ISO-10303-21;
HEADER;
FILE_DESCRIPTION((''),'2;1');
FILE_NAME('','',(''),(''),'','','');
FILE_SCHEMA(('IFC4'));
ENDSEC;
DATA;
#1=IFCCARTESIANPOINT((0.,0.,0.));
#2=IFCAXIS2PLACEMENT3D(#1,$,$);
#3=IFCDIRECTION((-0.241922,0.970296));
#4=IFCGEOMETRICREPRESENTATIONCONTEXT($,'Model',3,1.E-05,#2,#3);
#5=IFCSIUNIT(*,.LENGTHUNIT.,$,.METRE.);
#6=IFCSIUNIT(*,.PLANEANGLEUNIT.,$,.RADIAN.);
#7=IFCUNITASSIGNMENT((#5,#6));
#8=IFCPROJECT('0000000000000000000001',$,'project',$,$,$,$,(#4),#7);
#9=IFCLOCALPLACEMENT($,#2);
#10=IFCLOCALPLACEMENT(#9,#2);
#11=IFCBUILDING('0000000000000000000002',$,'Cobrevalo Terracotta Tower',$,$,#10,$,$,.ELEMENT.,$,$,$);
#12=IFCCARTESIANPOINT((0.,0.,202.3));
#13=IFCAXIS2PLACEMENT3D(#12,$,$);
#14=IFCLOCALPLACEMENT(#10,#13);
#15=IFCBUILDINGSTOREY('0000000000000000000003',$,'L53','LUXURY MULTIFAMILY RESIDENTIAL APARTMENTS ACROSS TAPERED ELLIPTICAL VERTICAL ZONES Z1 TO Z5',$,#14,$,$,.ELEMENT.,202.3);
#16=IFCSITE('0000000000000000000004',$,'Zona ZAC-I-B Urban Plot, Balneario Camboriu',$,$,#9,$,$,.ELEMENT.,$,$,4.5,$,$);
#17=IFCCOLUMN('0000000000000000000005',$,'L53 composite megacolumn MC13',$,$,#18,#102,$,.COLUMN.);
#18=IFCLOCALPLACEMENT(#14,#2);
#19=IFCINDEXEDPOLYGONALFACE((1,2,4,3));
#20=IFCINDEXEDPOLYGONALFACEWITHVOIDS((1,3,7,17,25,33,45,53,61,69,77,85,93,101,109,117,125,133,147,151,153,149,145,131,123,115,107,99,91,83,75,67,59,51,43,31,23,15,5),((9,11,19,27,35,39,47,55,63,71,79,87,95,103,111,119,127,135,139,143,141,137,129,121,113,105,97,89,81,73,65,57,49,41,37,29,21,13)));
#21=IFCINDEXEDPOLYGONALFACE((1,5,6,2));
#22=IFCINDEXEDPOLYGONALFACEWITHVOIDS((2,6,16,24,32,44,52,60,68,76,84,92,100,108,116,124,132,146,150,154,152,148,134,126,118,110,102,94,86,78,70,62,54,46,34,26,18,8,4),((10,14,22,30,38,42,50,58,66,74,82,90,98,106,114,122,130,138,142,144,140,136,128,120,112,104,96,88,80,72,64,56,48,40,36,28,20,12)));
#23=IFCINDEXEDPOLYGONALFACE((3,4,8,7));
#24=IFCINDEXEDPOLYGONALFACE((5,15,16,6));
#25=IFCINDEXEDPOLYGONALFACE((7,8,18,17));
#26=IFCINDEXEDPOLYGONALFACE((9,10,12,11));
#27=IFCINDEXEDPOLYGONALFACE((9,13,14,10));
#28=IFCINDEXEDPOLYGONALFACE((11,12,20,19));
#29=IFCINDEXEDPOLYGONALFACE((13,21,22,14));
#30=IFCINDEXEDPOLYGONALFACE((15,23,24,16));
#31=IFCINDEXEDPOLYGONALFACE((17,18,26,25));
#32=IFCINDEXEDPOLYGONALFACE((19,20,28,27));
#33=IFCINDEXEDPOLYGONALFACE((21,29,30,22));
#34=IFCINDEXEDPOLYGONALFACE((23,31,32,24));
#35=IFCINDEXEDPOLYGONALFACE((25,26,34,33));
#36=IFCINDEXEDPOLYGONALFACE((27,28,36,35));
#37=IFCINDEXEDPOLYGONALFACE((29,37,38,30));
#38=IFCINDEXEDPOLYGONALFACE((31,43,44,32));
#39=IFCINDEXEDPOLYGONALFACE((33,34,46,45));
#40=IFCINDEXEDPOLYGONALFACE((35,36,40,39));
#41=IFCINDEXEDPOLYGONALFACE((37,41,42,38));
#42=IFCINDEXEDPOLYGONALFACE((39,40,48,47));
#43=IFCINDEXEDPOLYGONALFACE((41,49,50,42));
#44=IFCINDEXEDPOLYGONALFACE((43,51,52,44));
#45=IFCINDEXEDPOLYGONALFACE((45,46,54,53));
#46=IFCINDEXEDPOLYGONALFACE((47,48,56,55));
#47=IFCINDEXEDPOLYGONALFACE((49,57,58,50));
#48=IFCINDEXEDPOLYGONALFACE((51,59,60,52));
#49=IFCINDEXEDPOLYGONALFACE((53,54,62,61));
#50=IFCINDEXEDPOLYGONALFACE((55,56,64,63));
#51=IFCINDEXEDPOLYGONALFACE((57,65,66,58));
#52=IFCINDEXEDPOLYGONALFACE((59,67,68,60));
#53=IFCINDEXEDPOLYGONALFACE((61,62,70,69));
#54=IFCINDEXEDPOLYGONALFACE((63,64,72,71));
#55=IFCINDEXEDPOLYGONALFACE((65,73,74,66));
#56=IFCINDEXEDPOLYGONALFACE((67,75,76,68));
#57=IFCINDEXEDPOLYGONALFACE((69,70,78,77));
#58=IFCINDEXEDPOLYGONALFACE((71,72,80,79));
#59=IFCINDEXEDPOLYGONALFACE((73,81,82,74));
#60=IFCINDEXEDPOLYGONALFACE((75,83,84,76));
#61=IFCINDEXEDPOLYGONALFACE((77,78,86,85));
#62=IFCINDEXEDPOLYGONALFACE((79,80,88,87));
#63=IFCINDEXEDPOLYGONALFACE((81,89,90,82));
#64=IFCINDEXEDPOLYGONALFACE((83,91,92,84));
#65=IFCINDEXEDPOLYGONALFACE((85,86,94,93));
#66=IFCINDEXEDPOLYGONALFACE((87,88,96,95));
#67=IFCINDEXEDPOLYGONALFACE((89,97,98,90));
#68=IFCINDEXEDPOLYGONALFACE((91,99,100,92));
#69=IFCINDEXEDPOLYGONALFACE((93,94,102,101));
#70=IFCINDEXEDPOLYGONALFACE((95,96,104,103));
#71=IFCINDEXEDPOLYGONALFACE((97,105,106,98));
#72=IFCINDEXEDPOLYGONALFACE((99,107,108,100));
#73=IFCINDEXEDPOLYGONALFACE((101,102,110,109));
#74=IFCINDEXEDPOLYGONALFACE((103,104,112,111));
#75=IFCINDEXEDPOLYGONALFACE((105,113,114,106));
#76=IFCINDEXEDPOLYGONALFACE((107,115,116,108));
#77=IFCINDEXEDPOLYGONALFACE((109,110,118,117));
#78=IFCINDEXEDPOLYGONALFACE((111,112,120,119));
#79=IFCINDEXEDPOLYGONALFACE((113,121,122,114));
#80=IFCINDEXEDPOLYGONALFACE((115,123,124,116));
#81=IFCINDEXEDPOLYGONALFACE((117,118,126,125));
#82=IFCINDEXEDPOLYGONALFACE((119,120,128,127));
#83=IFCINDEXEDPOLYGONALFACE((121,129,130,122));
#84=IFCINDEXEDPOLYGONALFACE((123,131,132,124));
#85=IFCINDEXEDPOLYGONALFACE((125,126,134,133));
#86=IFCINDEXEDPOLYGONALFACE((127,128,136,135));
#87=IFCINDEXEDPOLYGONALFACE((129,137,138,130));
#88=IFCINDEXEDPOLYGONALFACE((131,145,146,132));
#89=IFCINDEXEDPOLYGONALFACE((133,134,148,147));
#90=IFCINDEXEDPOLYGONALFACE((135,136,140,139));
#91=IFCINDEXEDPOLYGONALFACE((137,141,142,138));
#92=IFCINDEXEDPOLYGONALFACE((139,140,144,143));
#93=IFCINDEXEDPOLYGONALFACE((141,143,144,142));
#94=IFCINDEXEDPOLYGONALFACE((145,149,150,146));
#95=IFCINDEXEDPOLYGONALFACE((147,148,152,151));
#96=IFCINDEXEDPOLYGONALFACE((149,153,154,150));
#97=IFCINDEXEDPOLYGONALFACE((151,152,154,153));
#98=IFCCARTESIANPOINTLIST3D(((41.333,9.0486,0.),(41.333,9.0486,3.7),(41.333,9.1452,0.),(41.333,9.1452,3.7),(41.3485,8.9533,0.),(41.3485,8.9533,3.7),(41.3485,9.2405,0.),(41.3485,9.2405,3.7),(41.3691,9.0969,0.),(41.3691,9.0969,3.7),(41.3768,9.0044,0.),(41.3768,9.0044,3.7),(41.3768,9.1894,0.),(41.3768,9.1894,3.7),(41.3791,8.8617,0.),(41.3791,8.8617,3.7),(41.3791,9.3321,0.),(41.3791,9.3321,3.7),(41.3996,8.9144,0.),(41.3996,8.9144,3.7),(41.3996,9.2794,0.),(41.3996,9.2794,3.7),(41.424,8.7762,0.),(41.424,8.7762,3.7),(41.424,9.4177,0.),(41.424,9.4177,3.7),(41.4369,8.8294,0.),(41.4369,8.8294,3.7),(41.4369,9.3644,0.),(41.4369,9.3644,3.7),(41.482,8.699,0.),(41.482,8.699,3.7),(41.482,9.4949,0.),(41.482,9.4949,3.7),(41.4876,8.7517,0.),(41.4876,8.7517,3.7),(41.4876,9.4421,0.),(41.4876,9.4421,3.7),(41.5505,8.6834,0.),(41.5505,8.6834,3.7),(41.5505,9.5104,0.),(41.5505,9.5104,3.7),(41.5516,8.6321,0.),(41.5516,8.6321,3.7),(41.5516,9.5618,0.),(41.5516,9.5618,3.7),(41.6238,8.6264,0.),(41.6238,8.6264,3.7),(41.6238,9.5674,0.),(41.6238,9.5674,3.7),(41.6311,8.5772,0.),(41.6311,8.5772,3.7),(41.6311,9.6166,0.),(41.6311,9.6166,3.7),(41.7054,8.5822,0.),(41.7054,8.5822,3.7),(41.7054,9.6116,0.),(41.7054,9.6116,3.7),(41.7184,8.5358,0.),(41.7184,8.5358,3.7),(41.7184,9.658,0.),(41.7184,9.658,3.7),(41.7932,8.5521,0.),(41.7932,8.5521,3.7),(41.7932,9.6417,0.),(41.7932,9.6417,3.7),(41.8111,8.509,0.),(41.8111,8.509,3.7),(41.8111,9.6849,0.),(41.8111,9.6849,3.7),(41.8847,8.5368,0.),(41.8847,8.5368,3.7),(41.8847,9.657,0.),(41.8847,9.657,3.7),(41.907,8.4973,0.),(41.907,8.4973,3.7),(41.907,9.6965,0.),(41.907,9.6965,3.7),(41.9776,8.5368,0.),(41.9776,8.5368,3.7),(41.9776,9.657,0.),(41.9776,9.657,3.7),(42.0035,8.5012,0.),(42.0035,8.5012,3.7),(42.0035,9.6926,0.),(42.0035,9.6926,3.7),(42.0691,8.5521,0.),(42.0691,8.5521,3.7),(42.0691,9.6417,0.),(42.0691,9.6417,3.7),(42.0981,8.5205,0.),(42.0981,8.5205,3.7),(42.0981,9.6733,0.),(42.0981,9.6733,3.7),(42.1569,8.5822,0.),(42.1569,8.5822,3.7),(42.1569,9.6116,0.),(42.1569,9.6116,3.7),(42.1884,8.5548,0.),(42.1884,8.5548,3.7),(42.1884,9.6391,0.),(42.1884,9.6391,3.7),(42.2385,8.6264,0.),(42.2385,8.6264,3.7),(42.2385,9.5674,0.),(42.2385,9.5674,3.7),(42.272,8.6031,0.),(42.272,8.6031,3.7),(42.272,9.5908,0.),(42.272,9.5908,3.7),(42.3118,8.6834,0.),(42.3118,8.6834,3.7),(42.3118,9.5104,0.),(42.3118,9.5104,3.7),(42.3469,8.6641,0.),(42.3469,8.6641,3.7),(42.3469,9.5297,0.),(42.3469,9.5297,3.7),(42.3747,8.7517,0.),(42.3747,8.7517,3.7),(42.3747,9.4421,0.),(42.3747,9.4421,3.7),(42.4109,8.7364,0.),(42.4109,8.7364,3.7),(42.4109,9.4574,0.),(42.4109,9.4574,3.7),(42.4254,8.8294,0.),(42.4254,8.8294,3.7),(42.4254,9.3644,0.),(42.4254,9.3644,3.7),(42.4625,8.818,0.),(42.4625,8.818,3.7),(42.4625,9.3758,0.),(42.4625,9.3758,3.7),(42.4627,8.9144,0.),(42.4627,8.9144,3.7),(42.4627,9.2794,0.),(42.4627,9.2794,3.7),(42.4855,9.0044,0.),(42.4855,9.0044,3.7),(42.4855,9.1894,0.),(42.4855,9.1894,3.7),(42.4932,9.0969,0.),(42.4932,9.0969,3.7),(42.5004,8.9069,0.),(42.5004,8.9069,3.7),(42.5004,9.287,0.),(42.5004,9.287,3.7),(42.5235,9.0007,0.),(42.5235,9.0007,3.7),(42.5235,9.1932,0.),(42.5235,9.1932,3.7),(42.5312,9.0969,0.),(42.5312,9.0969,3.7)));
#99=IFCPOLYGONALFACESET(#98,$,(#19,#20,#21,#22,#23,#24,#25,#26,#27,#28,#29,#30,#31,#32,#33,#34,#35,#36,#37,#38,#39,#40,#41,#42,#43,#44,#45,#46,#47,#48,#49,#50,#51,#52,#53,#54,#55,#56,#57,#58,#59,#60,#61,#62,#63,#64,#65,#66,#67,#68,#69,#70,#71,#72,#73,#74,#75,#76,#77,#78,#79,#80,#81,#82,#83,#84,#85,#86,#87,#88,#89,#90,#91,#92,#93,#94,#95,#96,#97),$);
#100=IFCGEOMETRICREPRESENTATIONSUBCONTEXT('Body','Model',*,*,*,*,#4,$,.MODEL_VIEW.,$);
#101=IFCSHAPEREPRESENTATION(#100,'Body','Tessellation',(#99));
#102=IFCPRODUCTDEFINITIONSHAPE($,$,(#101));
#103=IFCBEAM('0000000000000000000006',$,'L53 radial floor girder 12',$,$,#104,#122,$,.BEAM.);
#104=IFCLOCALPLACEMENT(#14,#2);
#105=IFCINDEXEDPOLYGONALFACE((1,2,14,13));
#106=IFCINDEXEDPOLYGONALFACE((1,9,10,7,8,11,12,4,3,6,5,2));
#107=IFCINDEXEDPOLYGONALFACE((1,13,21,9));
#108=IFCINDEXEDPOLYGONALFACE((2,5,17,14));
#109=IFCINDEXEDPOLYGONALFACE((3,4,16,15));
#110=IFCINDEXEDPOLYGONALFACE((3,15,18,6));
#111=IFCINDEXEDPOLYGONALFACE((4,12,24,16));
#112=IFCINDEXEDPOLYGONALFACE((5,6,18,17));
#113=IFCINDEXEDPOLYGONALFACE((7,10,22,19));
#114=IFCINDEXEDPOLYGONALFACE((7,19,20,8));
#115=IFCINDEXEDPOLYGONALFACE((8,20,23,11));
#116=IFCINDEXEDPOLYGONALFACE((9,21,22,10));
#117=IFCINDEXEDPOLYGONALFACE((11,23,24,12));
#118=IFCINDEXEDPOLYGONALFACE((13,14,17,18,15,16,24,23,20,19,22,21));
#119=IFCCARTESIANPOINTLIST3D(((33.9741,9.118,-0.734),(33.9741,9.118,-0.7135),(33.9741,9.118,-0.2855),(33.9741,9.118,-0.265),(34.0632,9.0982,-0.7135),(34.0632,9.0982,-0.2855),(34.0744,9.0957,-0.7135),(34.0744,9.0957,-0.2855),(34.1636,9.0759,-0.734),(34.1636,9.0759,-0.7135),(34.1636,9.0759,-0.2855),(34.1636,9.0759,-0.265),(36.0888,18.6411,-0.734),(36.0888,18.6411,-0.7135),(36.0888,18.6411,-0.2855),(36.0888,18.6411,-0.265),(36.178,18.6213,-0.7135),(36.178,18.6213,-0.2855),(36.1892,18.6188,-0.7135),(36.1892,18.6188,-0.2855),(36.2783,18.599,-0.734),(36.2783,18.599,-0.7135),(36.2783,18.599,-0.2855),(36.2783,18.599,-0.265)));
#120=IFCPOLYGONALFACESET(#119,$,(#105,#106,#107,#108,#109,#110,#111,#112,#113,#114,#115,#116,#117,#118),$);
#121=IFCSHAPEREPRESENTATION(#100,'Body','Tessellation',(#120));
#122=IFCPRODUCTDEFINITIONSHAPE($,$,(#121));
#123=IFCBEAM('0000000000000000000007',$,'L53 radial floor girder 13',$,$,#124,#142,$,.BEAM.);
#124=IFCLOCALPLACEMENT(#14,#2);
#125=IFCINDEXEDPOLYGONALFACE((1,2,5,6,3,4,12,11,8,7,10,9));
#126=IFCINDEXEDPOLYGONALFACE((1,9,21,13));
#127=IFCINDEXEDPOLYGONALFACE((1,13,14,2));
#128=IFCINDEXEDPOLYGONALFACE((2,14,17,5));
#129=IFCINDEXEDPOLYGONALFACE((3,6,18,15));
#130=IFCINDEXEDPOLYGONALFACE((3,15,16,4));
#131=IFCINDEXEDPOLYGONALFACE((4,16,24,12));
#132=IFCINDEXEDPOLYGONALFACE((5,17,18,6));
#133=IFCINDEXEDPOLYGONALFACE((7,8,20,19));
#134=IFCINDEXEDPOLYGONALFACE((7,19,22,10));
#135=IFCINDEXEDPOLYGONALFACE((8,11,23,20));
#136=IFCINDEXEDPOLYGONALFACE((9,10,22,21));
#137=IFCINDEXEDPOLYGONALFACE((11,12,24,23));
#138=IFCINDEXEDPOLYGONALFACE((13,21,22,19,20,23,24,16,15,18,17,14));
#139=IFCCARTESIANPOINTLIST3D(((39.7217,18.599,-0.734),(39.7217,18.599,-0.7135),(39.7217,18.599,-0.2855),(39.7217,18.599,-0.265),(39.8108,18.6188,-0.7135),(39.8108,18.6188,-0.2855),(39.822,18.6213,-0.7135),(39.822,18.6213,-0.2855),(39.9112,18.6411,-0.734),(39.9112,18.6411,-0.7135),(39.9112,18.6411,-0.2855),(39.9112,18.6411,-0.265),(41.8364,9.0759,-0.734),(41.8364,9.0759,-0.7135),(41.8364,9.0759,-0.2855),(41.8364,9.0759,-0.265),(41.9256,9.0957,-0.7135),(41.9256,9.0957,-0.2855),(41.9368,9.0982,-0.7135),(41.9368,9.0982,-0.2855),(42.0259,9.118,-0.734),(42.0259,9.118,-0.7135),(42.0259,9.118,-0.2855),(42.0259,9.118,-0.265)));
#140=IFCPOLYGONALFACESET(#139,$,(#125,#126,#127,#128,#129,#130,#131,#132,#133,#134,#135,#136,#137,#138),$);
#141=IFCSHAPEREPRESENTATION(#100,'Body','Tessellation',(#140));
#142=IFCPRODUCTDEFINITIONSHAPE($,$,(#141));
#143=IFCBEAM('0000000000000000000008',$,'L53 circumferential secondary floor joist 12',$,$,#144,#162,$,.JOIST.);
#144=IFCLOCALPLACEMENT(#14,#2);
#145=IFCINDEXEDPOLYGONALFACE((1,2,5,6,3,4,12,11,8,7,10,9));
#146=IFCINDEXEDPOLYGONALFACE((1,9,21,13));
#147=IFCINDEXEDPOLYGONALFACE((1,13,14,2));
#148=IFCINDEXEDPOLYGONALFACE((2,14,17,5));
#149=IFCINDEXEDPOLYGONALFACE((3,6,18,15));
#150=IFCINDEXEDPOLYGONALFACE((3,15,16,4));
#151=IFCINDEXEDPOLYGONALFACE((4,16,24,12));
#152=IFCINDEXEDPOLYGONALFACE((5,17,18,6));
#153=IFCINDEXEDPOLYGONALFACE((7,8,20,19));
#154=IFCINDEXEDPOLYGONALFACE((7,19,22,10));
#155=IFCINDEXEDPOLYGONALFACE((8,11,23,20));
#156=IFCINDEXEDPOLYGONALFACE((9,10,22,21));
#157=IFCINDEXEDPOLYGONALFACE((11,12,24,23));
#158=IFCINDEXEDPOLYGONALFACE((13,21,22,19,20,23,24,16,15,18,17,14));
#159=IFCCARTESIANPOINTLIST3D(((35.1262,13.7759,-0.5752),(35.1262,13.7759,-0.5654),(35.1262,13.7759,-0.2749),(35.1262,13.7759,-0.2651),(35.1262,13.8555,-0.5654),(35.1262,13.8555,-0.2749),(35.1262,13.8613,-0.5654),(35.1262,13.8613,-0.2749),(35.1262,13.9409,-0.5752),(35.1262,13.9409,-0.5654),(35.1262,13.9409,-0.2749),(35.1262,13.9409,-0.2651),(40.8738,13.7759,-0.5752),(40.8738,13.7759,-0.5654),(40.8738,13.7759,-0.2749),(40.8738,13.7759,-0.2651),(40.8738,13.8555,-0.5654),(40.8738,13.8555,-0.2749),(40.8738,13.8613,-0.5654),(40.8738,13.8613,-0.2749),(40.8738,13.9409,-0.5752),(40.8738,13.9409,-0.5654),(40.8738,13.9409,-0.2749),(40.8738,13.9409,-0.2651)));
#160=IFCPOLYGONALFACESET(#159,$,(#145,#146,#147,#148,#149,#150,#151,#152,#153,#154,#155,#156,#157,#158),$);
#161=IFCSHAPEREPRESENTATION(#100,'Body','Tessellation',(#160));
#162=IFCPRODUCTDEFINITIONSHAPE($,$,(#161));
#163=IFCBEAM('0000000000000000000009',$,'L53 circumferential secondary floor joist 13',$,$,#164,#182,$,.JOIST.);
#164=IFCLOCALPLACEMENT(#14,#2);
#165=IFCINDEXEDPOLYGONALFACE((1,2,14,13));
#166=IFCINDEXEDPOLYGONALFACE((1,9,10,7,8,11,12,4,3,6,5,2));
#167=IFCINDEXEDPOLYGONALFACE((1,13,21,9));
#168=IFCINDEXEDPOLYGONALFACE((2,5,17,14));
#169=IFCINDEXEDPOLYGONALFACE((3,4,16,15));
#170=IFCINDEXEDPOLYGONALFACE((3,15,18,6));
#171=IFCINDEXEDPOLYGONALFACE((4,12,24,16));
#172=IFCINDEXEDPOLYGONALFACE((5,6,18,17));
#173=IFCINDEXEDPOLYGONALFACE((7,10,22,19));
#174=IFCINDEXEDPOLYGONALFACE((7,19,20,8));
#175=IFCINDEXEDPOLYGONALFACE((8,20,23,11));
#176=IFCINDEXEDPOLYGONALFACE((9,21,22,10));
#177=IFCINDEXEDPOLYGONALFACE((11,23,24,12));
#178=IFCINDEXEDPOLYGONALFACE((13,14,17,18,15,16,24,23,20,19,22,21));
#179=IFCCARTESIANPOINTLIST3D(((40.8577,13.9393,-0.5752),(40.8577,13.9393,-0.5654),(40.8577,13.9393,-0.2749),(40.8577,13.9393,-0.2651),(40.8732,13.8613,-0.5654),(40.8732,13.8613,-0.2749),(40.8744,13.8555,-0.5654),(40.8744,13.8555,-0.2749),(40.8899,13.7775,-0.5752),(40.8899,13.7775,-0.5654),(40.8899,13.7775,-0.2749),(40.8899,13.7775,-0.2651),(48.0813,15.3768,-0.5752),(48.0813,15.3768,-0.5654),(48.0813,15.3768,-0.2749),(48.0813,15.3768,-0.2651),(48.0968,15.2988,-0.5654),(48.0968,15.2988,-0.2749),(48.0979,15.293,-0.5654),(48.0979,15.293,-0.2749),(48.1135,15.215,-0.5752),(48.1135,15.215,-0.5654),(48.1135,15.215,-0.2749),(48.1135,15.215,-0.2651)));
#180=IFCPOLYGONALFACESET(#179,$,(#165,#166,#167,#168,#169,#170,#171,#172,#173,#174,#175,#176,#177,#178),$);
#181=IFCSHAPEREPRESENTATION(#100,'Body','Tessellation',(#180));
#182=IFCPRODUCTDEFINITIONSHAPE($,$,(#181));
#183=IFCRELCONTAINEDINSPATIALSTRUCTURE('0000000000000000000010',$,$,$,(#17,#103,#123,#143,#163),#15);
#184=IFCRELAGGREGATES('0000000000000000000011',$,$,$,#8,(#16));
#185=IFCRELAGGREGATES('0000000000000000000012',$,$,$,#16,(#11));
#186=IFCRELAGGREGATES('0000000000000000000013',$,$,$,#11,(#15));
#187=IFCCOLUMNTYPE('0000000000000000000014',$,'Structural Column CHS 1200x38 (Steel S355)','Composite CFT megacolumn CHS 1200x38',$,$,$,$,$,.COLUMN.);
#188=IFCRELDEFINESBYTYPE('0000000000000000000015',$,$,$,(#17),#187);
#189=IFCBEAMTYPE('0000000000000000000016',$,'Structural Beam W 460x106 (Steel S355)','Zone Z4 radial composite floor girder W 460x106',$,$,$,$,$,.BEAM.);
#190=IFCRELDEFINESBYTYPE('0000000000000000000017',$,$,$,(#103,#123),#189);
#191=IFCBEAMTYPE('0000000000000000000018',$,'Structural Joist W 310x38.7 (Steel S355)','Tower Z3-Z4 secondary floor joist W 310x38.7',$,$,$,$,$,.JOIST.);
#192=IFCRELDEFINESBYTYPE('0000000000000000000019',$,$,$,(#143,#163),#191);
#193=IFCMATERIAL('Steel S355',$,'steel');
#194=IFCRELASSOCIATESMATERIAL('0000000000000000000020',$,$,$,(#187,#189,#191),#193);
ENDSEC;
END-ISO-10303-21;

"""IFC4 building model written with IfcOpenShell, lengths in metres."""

from ifc_helpers import new_model, si_unit, direction, frame, origin, origin_2d, place, context, subcontext, project, spatial, hollow_circle, i_section, extrude, material, material_profile, profile_set, type_object, element, save


model = new_model("IFC4")

# Units and contexts
model_context = context("Model", 3, precision=1e-05, world=origin(), true_north=direction((-0.241922, 0.970296)))
body_context = subcontext(model_context, "Body", "Model", "MODEL_VIEW")
ifc_project = project(units=[si_unit("LENGTHUNIT", "METRE"), si_unit("PLANEANGLEUNIT", "RADIAN")], contexts=[model_context])

# Site, building, storey
site_placement = place(None, origin())
site = spatial("IfcSite", under=ifc_project, at=site_placement, Name="Zona ZAC-I-B Urban Plot, Balneario Camboriu", CompositionType="ELEMENT", RefElevation=4.5)
building_placement = place(site_placement, origin())
building = spatial("IfcBuilding", under=site, at=building_placement, Name="Cobrevalo Terracotta Tower", CompositionType="ELEMENT")
storey_placement = place(building_placement, frame((0.0, 0.0, 202.3)))
storey = spatial("IfcBuildingStorey", under=building, at=storey_placement, Name="L53", Description="LUXURY MULTIFAMILY RESIDENTIAL APARTMENTS ACROSS TAPERED ELLIPTICAL VERTICAL ZONES Z1 TO Z5", CompositionType="ELEMENT", Elevation=202.3)

# Column
ifc_material_1 = material(Name="Steel S355", Category="steel")
ifc_material_profile_1 = material_profile(ifc_material_1, hollow_circle(Radius=0.6001, WallThickness=0.0381, at=origin_2d()), Name="CHS 1200x38")
ifc_profile_set_1 = profile_set([ifc_material_profile_1], Name="Steel S355")
column_type = type_object("IfcColumnType", Name="Structural Column CHS 1200x38 (Steel S355)", Description="Composite CFT megacolumn CHS 1200x38", PredefinedType="COLUMN", material=ifc_profile_set_1)
column_placement = place(storey_placement, frame((41.9312, 9.0969, 0.0), z_axis=(0.0, 0.0, 1.0), x_axis=(1.0, 0.0, 0.0)))
element("IfcColumn", 1, at=column_placement, inside=storey, type_object=column_type, Name="L53 composite megacolumn MC13", PredefinedType="COLUMN", context=body_context, shape_type="SweptSolid", body=[
    extrude(hollow_circle(Radius=0.6001, WallThickness=0.0381, at=origin_2d()), origin(), (0.0, 0.0, 1.0), 3.7),
])

# Beams
ifc_material_profile_2 = material_profile(ifc_material_1, i_section(OverallWidth=0.1941, OverallDepth=0.469, WebThickness=0.0115, FlangeThickness=0.0205, at=origin_2d()), Name="W 460x106")
ifc_profile_set_2 = profile_set([ifc_material_profile_2], Name="Steel S355")
beam_type_1 = type_object("IfcBeamType", Name="Structural Beam W 460x106 (Steel S355)", Description="Zone Z4 radial composite floor girder W 460x106", PredefinedType="BEAM", material=ifc_profile_set_2)
for number, where, z_axis, x_axis, name in (
    (2, (34.0688, 9.0969, -0.4995), (0.216782, 0.97622, 0.0), (-0.97622, 0.216782, 0.0), "L53 radial floor girder 12"),
    (3, (41.9312, 9.0969, -0.4995), (-0.216782, 0.97622, 0.0), (-0.97622, -0.216782, 0.0), "L53 radial floor girder 13"),
):
    element("IfcBeam", number, at=place(storey_placement, frame(where, z_axis=z_axis, x_axis=x_axis)), inside=storey, type_object=beam_type_1, Name=name, PredefinedType="BEAM", context=body_context, shape_type="SweptSolid", body=[
        extrude(i_section(OverallWidth=0.1941, OverallDepth=0.469, WebThickness=0.0115, FlangeThickness=0.0205, at=origin_2d()), origin(), (0.0, 0.0, 1.0), 9.7551),
    ])
ifc_material_profile_3 = material_profile(ifc_material_1, i_section(OverallWidth=0.165, OverallDepth=0.3101, WebThickness=0.0059, FlangeThickness=0.0098, at=origin_2d()), Name="W 310x38.7")
ifc_profile_set_3 = profile_set([ifc_material_profile_3], Name="Steel S355")
beam_type_2 = type_object("IfcBeamType", Name="Structural Joist W 310x38.7 (Steel S355)", Description="Tower Z3-Z4 secondary floor joist W 310x38.7", PredefinedType="JOIST", material=ifc_profile_set_3)
beam_1_placement = place(storey_placement, frame((35.1262, 13.8584, -0.4202), z_axis=(1.0, 0.0, 0.0), x_axis=(0.0, 1.0, 0.0)))
element("IfcBeam", 4, at=beam_1_placement, inside=storey, type_object=beam_type_2, Name="L53 circumferential secondary floor joist 12", PredefinedType="JOIST", context=body_context, shape_type="SweptSolid", body=[
    extrude(i_section(OverallWidth=0.165, OverallDepth=0.3101, WebThickness=0.0059, FlangeThickness=0.0098, at=origin_2d()), origin(), (0.0, 0.0, 1.0), 5.7476),
])
beam_2_placement = place(storey_placement, frame((40.8738, 13.8584, -0.4202), z_axis=(0.980769, 0.195173, 0.0), x_axis=(-0.195173, 0.980769, 0.0)))
element("IfcBeam", 5, at=beam_2_placement, inside=storey, type_object=beam_type_2, Name="L53 circumferential secondary floor joist 13", PredefinedType="JOIST", context=body_context, shape_type="SweptSolid", body=[
    extrude(i_section(OverallWidth=0.165, OverallDepth=0.3101, WebThickness=0.0059, FlangeThickness=0.0098, at=origin_2d()), origin(), (0.0, 0.0, 1.0), 7.3652),
])

save(model, "model.ifc")
